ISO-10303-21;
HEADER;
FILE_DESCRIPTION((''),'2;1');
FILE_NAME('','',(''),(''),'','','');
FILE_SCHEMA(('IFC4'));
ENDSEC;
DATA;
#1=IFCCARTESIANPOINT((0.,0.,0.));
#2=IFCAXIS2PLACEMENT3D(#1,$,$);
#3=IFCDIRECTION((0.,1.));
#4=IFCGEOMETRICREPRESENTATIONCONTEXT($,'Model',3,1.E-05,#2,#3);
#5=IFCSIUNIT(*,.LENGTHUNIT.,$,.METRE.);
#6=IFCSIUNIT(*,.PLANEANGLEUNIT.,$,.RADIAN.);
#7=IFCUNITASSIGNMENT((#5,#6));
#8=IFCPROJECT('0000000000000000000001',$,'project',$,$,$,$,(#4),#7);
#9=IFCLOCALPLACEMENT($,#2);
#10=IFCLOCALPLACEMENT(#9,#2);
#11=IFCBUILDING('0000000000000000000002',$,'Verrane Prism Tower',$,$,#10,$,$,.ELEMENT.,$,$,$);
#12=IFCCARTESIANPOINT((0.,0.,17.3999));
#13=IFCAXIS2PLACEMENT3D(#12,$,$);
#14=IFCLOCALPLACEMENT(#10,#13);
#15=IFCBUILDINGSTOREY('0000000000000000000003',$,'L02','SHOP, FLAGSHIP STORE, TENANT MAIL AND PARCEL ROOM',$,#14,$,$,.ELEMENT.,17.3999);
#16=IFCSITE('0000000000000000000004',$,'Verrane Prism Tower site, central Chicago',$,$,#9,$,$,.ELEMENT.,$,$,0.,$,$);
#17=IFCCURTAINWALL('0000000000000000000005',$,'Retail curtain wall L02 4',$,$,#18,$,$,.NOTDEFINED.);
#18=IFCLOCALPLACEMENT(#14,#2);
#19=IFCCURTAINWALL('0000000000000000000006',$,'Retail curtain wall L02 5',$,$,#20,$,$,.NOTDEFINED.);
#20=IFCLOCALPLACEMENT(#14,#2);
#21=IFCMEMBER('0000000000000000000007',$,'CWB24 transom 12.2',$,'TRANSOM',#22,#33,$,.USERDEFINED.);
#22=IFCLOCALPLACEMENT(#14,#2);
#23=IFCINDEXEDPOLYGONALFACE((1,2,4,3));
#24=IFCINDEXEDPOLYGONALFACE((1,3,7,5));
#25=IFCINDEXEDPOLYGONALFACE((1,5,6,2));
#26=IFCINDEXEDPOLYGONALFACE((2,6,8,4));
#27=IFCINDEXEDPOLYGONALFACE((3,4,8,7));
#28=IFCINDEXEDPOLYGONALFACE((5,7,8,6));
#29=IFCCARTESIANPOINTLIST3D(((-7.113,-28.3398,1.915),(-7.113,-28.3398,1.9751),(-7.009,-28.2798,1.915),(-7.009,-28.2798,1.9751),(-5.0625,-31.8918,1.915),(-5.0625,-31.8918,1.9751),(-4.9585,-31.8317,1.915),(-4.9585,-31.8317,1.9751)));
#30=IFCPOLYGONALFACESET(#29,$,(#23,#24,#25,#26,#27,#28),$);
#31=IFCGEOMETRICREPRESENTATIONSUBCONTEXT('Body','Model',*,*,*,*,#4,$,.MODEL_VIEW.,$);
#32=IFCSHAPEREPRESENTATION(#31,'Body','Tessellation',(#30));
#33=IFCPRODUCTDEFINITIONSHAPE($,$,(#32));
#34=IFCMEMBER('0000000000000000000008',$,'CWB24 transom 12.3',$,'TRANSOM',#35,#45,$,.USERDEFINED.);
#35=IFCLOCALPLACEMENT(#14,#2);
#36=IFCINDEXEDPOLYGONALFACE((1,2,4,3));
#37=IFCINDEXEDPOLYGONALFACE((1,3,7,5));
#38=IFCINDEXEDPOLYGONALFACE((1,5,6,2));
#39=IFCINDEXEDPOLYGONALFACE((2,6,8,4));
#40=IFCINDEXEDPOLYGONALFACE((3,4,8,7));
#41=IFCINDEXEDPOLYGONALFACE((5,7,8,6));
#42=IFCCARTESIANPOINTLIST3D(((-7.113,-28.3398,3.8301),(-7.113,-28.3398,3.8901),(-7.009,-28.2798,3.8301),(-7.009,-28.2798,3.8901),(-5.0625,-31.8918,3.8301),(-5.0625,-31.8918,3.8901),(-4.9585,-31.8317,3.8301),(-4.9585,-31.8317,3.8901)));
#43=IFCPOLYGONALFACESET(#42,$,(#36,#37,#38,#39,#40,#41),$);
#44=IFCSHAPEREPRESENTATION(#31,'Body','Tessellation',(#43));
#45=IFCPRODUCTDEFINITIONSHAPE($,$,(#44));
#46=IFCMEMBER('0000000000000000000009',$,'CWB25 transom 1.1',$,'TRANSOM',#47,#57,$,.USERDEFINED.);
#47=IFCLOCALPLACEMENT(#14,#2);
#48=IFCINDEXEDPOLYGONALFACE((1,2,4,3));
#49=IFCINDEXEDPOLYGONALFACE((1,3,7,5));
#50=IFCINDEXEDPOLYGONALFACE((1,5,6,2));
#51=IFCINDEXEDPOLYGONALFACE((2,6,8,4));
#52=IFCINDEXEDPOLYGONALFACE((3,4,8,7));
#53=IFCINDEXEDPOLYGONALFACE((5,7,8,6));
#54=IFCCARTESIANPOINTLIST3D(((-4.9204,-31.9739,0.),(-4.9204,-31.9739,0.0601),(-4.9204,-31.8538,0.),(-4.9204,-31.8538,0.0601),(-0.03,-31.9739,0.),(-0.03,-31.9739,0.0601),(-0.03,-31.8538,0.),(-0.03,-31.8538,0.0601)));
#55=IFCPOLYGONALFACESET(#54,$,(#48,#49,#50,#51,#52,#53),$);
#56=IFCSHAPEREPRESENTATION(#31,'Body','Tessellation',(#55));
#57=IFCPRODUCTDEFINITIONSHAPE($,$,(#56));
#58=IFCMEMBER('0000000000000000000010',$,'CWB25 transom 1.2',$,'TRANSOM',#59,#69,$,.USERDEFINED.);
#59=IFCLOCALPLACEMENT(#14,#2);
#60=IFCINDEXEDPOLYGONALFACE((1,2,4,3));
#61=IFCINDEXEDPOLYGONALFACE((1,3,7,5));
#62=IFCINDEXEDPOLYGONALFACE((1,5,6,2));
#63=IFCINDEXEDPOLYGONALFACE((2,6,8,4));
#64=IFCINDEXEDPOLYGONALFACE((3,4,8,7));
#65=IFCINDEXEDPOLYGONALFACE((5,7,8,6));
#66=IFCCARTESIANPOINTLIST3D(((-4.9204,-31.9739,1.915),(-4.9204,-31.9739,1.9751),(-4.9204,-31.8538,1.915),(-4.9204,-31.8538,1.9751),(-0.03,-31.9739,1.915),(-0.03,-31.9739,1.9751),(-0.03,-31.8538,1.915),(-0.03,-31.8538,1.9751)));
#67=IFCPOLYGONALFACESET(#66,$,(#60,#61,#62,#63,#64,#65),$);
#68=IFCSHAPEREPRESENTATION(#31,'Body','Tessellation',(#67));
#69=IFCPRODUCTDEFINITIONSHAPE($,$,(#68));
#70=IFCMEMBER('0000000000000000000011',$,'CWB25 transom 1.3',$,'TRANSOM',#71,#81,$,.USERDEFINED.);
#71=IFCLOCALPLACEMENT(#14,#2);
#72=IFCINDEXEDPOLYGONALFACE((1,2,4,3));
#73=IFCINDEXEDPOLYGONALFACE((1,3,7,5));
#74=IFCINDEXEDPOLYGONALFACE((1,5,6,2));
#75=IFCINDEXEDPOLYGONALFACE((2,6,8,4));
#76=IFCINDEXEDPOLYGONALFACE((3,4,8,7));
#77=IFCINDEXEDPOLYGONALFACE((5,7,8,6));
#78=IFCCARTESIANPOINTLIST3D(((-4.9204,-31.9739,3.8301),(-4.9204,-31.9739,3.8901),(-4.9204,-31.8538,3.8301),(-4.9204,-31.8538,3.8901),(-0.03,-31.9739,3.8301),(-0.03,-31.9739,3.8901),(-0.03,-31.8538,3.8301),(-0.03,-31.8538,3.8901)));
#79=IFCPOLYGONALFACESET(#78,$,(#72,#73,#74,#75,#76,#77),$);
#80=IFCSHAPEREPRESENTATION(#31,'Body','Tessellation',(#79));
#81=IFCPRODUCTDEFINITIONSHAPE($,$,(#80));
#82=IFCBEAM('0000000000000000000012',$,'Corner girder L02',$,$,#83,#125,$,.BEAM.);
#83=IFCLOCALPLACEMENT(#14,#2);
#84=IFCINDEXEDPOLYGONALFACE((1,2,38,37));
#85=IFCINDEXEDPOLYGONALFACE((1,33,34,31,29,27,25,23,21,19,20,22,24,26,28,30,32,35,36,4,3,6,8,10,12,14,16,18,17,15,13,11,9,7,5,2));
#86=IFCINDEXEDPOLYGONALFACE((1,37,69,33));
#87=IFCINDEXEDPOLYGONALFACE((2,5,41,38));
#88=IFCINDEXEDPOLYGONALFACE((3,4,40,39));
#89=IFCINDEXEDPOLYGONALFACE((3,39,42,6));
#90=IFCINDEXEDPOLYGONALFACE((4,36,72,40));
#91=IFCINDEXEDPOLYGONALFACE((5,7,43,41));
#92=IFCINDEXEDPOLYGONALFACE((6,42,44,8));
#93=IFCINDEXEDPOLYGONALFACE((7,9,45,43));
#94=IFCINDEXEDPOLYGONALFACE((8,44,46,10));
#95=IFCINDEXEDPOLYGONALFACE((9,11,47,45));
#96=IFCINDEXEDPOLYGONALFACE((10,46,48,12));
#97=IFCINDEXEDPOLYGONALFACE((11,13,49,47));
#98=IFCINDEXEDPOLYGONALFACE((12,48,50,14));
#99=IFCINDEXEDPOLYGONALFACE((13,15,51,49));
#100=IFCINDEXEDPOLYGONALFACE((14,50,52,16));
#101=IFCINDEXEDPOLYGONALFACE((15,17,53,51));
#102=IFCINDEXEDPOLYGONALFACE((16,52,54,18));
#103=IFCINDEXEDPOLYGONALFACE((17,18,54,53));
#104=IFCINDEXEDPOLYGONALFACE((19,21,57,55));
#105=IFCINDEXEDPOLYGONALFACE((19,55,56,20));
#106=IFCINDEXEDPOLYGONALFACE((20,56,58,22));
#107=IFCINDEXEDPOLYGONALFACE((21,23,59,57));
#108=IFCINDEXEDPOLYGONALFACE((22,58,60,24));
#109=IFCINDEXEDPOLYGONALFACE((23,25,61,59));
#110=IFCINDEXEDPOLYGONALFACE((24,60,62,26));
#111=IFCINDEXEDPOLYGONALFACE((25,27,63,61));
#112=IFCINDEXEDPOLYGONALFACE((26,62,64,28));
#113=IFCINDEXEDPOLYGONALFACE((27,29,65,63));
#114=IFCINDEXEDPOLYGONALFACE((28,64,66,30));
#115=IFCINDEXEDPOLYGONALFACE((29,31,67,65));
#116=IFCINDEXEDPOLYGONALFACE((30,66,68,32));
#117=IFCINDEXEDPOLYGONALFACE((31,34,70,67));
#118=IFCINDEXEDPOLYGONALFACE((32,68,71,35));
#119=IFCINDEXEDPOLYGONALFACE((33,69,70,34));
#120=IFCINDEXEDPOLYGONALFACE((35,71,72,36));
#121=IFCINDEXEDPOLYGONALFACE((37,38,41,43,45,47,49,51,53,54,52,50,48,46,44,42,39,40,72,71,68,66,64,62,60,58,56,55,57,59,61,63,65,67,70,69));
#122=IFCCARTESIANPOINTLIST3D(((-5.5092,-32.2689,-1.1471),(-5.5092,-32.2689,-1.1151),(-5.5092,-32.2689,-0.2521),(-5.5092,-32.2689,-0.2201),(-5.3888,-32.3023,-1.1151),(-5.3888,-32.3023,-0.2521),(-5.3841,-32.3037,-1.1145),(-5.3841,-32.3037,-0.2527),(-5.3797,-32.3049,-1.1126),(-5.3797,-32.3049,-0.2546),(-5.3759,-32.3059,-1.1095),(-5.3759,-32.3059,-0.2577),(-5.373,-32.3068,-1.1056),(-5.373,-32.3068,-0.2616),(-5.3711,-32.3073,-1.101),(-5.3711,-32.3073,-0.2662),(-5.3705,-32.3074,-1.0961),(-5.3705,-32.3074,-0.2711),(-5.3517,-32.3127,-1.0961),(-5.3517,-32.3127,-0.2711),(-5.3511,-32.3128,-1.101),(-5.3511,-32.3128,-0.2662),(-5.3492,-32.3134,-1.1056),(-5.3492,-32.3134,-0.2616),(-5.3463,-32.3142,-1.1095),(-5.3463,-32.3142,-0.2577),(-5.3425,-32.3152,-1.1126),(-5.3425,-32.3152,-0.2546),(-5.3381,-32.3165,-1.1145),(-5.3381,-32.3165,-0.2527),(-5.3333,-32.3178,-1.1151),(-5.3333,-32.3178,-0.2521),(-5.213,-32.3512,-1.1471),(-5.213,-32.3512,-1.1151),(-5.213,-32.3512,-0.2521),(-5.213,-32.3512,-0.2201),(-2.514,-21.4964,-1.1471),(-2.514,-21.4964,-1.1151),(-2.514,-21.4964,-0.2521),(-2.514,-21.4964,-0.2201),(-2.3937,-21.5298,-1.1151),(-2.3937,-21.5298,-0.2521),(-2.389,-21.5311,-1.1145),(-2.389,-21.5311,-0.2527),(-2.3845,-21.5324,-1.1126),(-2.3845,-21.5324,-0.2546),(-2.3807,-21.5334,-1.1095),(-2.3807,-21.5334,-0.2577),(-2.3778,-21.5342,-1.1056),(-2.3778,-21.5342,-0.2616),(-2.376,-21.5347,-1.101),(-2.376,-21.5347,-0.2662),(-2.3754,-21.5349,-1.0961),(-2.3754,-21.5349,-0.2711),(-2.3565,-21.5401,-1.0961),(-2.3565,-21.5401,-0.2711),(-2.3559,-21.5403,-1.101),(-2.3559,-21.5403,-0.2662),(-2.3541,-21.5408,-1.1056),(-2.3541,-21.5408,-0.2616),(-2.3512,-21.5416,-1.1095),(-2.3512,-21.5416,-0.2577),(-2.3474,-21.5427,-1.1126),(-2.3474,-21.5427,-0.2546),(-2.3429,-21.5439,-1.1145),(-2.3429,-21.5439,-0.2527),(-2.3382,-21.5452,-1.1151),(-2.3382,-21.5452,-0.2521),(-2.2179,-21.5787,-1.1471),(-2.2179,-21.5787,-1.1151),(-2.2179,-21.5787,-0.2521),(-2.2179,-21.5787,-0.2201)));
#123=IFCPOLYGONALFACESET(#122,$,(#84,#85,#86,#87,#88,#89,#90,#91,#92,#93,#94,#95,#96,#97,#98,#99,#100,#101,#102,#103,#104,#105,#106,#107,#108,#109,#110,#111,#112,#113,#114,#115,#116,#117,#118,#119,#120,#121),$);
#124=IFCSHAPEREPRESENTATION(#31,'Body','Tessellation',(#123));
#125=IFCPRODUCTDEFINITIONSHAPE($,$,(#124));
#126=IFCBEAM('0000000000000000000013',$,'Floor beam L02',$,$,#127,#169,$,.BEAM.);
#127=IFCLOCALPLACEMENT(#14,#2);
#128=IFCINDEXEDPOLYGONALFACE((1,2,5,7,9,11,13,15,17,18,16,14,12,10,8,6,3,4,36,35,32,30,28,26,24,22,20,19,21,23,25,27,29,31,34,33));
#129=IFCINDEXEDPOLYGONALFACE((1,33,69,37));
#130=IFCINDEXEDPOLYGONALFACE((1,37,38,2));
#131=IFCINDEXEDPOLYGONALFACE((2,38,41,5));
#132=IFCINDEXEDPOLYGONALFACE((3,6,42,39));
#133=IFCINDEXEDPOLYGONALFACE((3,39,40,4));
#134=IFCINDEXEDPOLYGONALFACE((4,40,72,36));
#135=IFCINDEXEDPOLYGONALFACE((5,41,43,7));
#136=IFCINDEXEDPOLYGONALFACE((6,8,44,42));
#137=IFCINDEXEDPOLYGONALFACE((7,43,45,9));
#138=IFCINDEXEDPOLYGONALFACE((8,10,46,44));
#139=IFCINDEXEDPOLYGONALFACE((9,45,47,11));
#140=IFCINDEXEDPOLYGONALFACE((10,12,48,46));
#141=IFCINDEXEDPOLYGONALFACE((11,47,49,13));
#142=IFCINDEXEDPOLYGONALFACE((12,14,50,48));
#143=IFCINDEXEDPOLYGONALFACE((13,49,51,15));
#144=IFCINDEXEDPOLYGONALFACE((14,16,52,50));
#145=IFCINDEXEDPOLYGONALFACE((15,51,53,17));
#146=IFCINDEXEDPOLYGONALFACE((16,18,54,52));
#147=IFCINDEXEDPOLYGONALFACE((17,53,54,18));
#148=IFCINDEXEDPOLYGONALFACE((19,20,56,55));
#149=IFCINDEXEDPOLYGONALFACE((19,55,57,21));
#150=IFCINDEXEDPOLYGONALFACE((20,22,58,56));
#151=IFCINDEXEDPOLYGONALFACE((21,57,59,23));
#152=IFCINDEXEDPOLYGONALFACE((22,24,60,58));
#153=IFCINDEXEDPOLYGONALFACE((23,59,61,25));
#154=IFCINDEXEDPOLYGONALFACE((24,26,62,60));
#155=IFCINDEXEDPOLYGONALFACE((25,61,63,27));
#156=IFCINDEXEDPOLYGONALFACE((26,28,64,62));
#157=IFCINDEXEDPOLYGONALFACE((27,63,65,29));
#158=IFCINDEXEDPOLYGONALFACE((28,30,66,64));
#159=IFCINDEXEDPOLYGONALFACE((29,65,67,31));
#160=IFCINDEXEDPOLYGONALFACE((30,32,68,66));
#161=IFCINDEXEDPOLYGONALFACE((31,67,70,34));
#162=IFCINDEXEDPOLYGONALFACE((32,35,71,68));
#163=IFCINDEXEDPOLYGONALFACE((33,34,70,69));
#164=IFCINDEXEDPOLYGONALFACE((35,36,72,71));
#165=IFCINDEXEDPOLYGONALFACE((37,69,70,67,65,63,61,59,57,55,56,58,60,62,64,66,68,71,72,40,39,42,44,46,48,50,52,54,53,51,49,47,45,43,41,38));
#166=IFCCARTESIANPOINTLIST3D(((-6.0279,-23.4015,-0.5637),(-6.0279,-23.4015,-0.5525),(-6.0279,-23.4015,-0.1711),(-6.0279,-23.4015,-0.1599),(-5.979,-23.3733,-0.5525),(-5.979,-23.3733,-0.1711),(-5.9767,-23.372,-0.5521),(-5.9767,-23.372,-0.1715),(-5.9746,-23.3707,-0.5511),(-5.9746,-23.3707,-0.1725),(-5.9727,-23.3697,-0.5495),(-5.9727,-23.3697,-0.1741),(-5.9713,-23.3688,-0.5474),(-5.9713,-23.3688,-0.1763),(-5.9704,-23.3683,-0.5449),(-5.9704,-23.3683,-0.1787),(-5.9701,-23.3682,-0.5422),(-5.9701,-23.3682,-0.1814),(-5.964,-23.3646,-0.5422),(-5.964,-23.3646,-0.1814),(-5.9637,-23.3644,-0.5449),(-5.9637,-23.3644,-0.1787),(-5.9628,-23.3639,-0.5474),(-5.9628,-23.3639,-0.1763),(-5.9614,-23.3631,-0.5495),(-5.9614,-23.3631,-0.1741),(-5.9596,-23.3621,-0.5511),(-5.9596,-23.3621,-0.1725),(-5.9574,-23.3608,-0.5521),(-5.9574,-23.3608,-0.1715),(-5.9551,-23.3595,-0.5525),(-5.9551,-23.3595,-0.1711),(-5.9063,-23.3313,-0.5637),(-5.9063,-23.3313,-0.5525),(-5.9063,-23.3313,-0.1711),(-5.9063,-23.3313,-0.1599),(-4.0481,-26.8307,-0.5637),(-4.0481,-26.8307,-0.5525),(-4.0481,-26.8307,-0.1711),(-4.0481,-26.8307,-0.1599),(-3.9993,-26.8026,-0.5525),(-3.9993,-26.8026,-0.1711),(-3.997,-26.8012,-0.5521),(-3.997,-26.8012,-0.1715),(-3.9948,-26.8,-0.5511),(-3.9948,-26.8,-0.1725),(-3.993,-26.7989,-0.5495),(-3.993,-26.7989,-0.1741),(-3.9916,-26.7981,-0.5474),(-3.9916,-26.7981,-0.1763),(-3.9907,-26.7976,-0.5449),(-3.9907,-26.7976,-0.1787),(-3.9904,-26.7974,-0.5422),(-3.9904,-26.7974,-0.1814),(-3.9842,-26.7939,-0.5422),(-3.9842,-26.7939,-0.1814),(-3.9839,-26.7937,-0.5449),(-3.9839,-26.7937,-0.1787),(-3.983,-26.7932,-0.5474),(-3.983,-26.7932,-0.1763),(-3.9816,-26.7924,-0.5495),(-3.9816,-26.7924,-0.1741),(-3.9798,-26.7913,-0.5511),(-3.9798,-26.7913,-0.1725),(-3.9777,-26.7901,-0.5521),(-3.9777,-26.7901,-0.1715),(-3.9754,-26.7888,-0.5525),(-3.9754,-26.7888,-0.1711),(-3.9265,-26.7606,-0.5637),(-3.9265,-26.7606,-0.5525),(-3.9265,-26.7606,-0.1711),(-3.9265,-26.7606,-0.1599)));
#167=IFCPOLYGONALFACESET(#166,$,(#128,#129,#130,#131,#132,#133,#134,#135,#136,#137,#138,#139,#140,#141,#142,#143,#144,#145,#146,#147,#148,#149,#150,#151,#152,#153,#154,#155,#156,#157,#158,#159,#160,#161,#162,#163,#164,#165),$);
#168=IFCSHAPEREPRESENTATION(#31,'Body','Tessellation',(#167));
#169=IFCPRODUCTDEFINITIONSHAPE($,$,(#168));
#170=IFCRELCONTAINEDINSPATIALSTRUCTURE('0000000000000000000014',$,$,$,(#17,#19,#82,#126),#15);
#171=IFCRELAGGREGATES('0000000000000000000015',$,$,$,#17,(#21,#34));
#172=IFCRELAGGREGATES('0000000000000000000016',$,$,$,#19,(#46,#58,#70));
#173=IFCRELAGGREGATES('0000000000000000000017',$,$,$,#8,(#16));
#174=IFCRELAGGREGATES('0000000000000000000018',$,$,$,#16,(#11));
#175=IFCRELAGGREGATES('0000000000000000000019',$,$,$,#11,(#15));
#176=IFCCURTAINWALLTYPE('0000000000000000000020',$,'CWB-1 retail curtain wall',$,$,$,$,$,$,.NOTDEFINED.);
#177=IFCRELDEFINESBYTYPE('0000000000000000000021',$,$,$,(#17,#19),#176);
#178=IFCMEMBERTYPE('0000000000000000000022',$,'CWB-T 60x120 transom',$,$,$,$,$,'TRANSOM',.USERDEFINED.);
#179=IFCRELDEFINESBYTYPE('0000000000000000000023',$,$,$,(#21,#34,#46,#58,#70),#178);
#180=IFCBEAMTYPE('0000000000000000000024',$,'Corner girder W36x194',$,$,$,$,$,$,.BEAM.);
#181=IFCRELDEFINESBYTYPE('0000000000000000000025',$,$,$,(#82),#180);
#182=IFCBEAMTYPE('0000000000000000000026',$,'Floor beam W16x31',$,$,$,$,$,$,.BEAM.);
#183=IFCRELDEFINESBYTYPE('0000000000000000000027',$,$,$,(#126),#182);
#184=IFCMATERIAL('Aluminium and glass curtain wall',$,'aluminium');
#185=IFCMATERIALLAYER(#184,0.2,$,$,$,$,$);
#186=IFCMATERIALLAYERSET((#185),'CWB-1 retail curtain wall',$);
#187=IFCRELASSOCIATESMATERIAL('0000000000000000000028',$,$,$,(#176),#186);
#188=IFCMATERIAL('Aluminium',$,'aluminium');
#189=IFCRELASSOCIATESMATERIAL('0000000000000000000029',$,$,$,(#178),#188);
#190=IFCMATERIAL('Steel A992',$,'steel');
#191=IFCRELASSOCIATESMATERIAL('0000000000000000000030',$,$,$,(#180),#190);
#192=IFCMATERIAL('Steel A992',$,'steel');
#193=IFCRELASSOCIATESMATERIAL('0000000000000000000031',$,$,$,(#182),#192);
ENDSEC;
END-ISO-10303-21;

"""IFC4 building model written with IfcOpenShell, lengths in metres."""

from ifc_helpers import new_model, si_unit, direction, frame, origin, origin_2d, place, context, subcontext, project, spatial, rectangle, i_section, extrude, material, layer, layer_set, material_profile, profile_set, type_object, element, aggregate, save


model = new_model("IFC4")

# Units and contexts
model_context = context("Model", 3, precision=1e-05, world=origin(), true_north=direction((0.0, 1.0)))
body_context = subcontext(model_context, "Body", "Model", "MODEL_VIEW")
ifc_project = project(units=[si_unit("LENGTHUNIT", "METRE"), si_unit("PLANEANGLEUNIT", "RADIAN")], contexts=[model_context])

# Site, building, storey
site_placement = place(None, origin())
site = spatial("IfcSite", under=ifc_project, at=site_placement, Name="Verrane Prism Tower site, central Chicago", CompositionType="ELEMENT", RefElevation=0.0)
building_placement = place(site_placement, origin())
building = spatial("IfcBuilding", under=site, at=building_placement, Name="Verrane Prism Tower", CompositionType="ELEMENT")
storey_placement = place(building_placement, frame((0.0, 0.0, 17.3999)))
storey = spatial("IfcBuildingStorey", under=building, at=storey_placement, Name="L02", Description="SHOP, FLAGSHIP STORE, TENANT MAIL AND PARCEL ROOM", CompositionType="ELEMENT", Elevation=17.3999)

# Curtain walls
ifc_material_1 = material(Name="Aluminium and glass curtain wall", Category="aluminium")
ifc_layer_1 = layer(ifc_material_1, 0.2)
ifc_layer_set_1 = layer_set([ifc_layer_1], Name="CWB-1 retail curtain wall")
curtain_wall_type = type_object("IfcCurtainWallType", Name="CWB-1 retail curtain wall", PredefinedType="NOTDEFINED", material=ifc_layer_set_1)
curtain_wall_1_placement = place(storey_placement, origin())
curtain_wall_1 = element("IfcCurtainWall", 1, at=curtain_wall_1_placement, inside=storey, type_object=curtain_wall_type, Name="Retail curtain wall L02 4", PredefinedType="NOTDEFINED")
curtain_wall_2_placement = place(storey_placement, origin())
curtain_wall_2 = element("IfcCurtainWall", 2, at=curtain_wall_2_placement, inside=storey, type_object=curtain_wall_type, Name="Retail curtain wall L02 5", PredefinedType="NOTDEFINED")

# Members
ifc_material_2 = material(Name="Aluminium", Category="aluminium")
ifc_material_profile_1 = material_profile(ifc_material_2, rectangle(XDim=0.1201, YDim=0.0601, at=origin_2d()), Name="CWB-T 60x120 transom")
ifc_profile_set_1 = profile_set([ifc_material_profile_1], Name="Aluminium")
member_type_1 = type_object("IfcMemberType", Name="CWB-T 60x120 transom", ElementType="TRANSOM", PredefinedType="USERDEFINED", material=ifc_profile_set_1)
member_1_placement = place(storey_placement, frame((-7.061, -28.3098, 1.9451), z_axis=(0.499961, -0.866048, 0.0), x_axis=(0.866048, 0.499961, 0.0)))
member_1 = element("IfcMember", 3, at=member_1_placement, type_object=member_type_1, Name="CWB24 transom 12.2", ObjectType="TRANSOM", PredefinedType="USERDEFINED", context=body_context, shape_type="SweptSolid", body=[
    extrude(rectangle(XDim=0.1201, YDim=0.0601, at=origin_2d()), origin(), (0.0, 0.0, 1.0), 4.1013),
])
member_2_placement = place(storey_placement, frame((-7.061, -28.3098, 3.8601), z_axis=(0.499961, -0.866048, 0.0), x_axis=(0.866048, 0.499961, 0.0)))
member_2 = element("IfcMember", 4, at=member_2_placement, type_object=member_type_1, Name="CWB24 transom 12.3", ObjectType="TRANSOM", PredefinedType="USERDEFINED", context=body_context, shape_type="SweptSolid", body=[
    extrude(rectangle(XDim=0.1201, YDim=0.0601, at=origin_2d()), origin(), (0.0, 0.0, 1.0), 4.1013),
])
member_3_placement = place(storey_placement, frame((-4.9204, -31.9138, 0.03), z_axis=(1.0, 0.0, 0.0), x_axis=(0.0, 1.0, 0.0)))
member_3 = element("IfcMember", 5, at=member_3_placement, type_object=member_type_1, Name="CWB25 transom 1.1", ObjectType="TRANSOM", PredefinedType="USERDEFINED", context=body_context, shape_type="SweptSolid", body=[
    extrude(rectangle(XDim=0.1201, YDim=0.0601, at=origin_2d()), origin(), (0.0, 0.0, 1.0), 4.8904),
])
member_4_placement = place(storey_placement, frame((-4.9204, -31.9138, 1.9451), z_axis=(1.0, 0.0, 0.0), x_axis=(0.0, 1.0, 0.0)))
member_4 = element("IfcMember", 6, at=member_4_placement, type_object=member_type_1, Name="CWB25 transom 1.2", ObjectType="TRANSOM", PredefinedType="USERDEFINED", context=body_context, shape_type="SweptSolid", body=[
    extrude(rectangle(XDim=0.1201, YDim=0.0601, at=origin_2d()), origin(), (0.0, 0.0, 1.0), 4.8904),
])
member_5_placement = place(storey_placement, frame((-4.9204, -31.9138, 3.8601), z_axis=(1.0, 0.0, 0.0), x_axis=(0.0, 1.0, 0.0)))
member_5 = element("IfcMember", 7, at=member_5_placement, type_object=member_type_1, Name="CWB25 transom 1.3", ObjectType="TRANSOM", PredefinedType="USERDEFINED", context=body_context, shape_type="SweptSolid", body=[
    extrude(rectangle(XDim=0.1201, YDim=0.0601, at=origin_2d()), origin(), (0.0, 0.0, 1.0), 4.8904),
])

# Beams
ifc_material_3 = material(Name="Steel A992", Category="steel")
ifc_material_profile_2 = material_profile(ifc_material_3, i_section(OverallWidth=0.3074, OverallDepth=0.927, WebThickness=0.0195, FlangeThickness=0.032, FilletRadius=0.019, at=origin_2d()), Name="W36x194")
ifc_profile_set_2 = profile_set([ifc_material_profile_2], Name="Steel A992")
beam_type_1 = type_object("IfcBeamType", Name="Corner girder W36x194", PredefinedType="BEAM", material=ifc_profile_set_2)
beam_1_placement = place(storey_placement, frame((-5.3611, -32.3101, -0.6836), z_axis=(0.267874, 0.963454, 0.0), x_axis=(-0.963454, 0.267874, 0.0)))
element("IfcBeam", 8, at=beam_1_placement, inside=storey, type_object=beam_type_1, Name="Corner girder L02", PredefinedType="BEAM", context=body_context, shape_type="SweptSolid", body=[
    extrude(i_section(OverallWidth=0.3074, OverallDepth=0.927, WebThickness=0.0195, FlangeThickness=0.032, FilletRadius=0.019, at=origin_2d()), origin(), (0.0, 0.0, 1.0), 11.1812),
])
ifc_material_4 = material(Name="Steel A992", Category="steel")
ifc_material_profile_3 = material_profile(ifc_material_4, i_section(OverallWidth=0.1404, OverallDepth=0.4038, WebThickness=0.0071, FlangeThickness=0.0112, FilletRadius=0.0103, at=origin_2d()), Name="W16x31")
ifc_profile_set_3 = profile_set([ifc_material_profile_3], Name="Steel A992")
beam_type_2 = type_object("IfcBeamType", Name="Floor beam W16x31", PredefinedType="BEAM", material=ifc_profile_set_3)
beam_2_placement = place(storey_placement, frame((-3.9873, -26.7957, -0.3618), z_axis=(-0.499979, 0.866038, 0.0), x_axis=(-0.866038, -0.499979, 0.0)))
element("IfcBeam", 9, at=beam_2_placement, inside=storey, type_object=beam_type_2, Name="Floor beam L02", PredefinedType="BEAM", context=body_context, shape_type="SweptSolid", body=[
    extrude(i_section(OverallWidth=0.1404, OverallDepth=0.4038, WebThickness=0.0071, FlangeThickness=0.0112, FilletRadius=0.0103, at=origin_2d()), origin(), (0.0, 0.0, 1.0), 3.9597),
])

aggregate(curtain_wall_1, [member_1, member_2])
aggregate(curtain_wall_2, [member_3, member_4, member_5])

save(model, "model.ifc")
